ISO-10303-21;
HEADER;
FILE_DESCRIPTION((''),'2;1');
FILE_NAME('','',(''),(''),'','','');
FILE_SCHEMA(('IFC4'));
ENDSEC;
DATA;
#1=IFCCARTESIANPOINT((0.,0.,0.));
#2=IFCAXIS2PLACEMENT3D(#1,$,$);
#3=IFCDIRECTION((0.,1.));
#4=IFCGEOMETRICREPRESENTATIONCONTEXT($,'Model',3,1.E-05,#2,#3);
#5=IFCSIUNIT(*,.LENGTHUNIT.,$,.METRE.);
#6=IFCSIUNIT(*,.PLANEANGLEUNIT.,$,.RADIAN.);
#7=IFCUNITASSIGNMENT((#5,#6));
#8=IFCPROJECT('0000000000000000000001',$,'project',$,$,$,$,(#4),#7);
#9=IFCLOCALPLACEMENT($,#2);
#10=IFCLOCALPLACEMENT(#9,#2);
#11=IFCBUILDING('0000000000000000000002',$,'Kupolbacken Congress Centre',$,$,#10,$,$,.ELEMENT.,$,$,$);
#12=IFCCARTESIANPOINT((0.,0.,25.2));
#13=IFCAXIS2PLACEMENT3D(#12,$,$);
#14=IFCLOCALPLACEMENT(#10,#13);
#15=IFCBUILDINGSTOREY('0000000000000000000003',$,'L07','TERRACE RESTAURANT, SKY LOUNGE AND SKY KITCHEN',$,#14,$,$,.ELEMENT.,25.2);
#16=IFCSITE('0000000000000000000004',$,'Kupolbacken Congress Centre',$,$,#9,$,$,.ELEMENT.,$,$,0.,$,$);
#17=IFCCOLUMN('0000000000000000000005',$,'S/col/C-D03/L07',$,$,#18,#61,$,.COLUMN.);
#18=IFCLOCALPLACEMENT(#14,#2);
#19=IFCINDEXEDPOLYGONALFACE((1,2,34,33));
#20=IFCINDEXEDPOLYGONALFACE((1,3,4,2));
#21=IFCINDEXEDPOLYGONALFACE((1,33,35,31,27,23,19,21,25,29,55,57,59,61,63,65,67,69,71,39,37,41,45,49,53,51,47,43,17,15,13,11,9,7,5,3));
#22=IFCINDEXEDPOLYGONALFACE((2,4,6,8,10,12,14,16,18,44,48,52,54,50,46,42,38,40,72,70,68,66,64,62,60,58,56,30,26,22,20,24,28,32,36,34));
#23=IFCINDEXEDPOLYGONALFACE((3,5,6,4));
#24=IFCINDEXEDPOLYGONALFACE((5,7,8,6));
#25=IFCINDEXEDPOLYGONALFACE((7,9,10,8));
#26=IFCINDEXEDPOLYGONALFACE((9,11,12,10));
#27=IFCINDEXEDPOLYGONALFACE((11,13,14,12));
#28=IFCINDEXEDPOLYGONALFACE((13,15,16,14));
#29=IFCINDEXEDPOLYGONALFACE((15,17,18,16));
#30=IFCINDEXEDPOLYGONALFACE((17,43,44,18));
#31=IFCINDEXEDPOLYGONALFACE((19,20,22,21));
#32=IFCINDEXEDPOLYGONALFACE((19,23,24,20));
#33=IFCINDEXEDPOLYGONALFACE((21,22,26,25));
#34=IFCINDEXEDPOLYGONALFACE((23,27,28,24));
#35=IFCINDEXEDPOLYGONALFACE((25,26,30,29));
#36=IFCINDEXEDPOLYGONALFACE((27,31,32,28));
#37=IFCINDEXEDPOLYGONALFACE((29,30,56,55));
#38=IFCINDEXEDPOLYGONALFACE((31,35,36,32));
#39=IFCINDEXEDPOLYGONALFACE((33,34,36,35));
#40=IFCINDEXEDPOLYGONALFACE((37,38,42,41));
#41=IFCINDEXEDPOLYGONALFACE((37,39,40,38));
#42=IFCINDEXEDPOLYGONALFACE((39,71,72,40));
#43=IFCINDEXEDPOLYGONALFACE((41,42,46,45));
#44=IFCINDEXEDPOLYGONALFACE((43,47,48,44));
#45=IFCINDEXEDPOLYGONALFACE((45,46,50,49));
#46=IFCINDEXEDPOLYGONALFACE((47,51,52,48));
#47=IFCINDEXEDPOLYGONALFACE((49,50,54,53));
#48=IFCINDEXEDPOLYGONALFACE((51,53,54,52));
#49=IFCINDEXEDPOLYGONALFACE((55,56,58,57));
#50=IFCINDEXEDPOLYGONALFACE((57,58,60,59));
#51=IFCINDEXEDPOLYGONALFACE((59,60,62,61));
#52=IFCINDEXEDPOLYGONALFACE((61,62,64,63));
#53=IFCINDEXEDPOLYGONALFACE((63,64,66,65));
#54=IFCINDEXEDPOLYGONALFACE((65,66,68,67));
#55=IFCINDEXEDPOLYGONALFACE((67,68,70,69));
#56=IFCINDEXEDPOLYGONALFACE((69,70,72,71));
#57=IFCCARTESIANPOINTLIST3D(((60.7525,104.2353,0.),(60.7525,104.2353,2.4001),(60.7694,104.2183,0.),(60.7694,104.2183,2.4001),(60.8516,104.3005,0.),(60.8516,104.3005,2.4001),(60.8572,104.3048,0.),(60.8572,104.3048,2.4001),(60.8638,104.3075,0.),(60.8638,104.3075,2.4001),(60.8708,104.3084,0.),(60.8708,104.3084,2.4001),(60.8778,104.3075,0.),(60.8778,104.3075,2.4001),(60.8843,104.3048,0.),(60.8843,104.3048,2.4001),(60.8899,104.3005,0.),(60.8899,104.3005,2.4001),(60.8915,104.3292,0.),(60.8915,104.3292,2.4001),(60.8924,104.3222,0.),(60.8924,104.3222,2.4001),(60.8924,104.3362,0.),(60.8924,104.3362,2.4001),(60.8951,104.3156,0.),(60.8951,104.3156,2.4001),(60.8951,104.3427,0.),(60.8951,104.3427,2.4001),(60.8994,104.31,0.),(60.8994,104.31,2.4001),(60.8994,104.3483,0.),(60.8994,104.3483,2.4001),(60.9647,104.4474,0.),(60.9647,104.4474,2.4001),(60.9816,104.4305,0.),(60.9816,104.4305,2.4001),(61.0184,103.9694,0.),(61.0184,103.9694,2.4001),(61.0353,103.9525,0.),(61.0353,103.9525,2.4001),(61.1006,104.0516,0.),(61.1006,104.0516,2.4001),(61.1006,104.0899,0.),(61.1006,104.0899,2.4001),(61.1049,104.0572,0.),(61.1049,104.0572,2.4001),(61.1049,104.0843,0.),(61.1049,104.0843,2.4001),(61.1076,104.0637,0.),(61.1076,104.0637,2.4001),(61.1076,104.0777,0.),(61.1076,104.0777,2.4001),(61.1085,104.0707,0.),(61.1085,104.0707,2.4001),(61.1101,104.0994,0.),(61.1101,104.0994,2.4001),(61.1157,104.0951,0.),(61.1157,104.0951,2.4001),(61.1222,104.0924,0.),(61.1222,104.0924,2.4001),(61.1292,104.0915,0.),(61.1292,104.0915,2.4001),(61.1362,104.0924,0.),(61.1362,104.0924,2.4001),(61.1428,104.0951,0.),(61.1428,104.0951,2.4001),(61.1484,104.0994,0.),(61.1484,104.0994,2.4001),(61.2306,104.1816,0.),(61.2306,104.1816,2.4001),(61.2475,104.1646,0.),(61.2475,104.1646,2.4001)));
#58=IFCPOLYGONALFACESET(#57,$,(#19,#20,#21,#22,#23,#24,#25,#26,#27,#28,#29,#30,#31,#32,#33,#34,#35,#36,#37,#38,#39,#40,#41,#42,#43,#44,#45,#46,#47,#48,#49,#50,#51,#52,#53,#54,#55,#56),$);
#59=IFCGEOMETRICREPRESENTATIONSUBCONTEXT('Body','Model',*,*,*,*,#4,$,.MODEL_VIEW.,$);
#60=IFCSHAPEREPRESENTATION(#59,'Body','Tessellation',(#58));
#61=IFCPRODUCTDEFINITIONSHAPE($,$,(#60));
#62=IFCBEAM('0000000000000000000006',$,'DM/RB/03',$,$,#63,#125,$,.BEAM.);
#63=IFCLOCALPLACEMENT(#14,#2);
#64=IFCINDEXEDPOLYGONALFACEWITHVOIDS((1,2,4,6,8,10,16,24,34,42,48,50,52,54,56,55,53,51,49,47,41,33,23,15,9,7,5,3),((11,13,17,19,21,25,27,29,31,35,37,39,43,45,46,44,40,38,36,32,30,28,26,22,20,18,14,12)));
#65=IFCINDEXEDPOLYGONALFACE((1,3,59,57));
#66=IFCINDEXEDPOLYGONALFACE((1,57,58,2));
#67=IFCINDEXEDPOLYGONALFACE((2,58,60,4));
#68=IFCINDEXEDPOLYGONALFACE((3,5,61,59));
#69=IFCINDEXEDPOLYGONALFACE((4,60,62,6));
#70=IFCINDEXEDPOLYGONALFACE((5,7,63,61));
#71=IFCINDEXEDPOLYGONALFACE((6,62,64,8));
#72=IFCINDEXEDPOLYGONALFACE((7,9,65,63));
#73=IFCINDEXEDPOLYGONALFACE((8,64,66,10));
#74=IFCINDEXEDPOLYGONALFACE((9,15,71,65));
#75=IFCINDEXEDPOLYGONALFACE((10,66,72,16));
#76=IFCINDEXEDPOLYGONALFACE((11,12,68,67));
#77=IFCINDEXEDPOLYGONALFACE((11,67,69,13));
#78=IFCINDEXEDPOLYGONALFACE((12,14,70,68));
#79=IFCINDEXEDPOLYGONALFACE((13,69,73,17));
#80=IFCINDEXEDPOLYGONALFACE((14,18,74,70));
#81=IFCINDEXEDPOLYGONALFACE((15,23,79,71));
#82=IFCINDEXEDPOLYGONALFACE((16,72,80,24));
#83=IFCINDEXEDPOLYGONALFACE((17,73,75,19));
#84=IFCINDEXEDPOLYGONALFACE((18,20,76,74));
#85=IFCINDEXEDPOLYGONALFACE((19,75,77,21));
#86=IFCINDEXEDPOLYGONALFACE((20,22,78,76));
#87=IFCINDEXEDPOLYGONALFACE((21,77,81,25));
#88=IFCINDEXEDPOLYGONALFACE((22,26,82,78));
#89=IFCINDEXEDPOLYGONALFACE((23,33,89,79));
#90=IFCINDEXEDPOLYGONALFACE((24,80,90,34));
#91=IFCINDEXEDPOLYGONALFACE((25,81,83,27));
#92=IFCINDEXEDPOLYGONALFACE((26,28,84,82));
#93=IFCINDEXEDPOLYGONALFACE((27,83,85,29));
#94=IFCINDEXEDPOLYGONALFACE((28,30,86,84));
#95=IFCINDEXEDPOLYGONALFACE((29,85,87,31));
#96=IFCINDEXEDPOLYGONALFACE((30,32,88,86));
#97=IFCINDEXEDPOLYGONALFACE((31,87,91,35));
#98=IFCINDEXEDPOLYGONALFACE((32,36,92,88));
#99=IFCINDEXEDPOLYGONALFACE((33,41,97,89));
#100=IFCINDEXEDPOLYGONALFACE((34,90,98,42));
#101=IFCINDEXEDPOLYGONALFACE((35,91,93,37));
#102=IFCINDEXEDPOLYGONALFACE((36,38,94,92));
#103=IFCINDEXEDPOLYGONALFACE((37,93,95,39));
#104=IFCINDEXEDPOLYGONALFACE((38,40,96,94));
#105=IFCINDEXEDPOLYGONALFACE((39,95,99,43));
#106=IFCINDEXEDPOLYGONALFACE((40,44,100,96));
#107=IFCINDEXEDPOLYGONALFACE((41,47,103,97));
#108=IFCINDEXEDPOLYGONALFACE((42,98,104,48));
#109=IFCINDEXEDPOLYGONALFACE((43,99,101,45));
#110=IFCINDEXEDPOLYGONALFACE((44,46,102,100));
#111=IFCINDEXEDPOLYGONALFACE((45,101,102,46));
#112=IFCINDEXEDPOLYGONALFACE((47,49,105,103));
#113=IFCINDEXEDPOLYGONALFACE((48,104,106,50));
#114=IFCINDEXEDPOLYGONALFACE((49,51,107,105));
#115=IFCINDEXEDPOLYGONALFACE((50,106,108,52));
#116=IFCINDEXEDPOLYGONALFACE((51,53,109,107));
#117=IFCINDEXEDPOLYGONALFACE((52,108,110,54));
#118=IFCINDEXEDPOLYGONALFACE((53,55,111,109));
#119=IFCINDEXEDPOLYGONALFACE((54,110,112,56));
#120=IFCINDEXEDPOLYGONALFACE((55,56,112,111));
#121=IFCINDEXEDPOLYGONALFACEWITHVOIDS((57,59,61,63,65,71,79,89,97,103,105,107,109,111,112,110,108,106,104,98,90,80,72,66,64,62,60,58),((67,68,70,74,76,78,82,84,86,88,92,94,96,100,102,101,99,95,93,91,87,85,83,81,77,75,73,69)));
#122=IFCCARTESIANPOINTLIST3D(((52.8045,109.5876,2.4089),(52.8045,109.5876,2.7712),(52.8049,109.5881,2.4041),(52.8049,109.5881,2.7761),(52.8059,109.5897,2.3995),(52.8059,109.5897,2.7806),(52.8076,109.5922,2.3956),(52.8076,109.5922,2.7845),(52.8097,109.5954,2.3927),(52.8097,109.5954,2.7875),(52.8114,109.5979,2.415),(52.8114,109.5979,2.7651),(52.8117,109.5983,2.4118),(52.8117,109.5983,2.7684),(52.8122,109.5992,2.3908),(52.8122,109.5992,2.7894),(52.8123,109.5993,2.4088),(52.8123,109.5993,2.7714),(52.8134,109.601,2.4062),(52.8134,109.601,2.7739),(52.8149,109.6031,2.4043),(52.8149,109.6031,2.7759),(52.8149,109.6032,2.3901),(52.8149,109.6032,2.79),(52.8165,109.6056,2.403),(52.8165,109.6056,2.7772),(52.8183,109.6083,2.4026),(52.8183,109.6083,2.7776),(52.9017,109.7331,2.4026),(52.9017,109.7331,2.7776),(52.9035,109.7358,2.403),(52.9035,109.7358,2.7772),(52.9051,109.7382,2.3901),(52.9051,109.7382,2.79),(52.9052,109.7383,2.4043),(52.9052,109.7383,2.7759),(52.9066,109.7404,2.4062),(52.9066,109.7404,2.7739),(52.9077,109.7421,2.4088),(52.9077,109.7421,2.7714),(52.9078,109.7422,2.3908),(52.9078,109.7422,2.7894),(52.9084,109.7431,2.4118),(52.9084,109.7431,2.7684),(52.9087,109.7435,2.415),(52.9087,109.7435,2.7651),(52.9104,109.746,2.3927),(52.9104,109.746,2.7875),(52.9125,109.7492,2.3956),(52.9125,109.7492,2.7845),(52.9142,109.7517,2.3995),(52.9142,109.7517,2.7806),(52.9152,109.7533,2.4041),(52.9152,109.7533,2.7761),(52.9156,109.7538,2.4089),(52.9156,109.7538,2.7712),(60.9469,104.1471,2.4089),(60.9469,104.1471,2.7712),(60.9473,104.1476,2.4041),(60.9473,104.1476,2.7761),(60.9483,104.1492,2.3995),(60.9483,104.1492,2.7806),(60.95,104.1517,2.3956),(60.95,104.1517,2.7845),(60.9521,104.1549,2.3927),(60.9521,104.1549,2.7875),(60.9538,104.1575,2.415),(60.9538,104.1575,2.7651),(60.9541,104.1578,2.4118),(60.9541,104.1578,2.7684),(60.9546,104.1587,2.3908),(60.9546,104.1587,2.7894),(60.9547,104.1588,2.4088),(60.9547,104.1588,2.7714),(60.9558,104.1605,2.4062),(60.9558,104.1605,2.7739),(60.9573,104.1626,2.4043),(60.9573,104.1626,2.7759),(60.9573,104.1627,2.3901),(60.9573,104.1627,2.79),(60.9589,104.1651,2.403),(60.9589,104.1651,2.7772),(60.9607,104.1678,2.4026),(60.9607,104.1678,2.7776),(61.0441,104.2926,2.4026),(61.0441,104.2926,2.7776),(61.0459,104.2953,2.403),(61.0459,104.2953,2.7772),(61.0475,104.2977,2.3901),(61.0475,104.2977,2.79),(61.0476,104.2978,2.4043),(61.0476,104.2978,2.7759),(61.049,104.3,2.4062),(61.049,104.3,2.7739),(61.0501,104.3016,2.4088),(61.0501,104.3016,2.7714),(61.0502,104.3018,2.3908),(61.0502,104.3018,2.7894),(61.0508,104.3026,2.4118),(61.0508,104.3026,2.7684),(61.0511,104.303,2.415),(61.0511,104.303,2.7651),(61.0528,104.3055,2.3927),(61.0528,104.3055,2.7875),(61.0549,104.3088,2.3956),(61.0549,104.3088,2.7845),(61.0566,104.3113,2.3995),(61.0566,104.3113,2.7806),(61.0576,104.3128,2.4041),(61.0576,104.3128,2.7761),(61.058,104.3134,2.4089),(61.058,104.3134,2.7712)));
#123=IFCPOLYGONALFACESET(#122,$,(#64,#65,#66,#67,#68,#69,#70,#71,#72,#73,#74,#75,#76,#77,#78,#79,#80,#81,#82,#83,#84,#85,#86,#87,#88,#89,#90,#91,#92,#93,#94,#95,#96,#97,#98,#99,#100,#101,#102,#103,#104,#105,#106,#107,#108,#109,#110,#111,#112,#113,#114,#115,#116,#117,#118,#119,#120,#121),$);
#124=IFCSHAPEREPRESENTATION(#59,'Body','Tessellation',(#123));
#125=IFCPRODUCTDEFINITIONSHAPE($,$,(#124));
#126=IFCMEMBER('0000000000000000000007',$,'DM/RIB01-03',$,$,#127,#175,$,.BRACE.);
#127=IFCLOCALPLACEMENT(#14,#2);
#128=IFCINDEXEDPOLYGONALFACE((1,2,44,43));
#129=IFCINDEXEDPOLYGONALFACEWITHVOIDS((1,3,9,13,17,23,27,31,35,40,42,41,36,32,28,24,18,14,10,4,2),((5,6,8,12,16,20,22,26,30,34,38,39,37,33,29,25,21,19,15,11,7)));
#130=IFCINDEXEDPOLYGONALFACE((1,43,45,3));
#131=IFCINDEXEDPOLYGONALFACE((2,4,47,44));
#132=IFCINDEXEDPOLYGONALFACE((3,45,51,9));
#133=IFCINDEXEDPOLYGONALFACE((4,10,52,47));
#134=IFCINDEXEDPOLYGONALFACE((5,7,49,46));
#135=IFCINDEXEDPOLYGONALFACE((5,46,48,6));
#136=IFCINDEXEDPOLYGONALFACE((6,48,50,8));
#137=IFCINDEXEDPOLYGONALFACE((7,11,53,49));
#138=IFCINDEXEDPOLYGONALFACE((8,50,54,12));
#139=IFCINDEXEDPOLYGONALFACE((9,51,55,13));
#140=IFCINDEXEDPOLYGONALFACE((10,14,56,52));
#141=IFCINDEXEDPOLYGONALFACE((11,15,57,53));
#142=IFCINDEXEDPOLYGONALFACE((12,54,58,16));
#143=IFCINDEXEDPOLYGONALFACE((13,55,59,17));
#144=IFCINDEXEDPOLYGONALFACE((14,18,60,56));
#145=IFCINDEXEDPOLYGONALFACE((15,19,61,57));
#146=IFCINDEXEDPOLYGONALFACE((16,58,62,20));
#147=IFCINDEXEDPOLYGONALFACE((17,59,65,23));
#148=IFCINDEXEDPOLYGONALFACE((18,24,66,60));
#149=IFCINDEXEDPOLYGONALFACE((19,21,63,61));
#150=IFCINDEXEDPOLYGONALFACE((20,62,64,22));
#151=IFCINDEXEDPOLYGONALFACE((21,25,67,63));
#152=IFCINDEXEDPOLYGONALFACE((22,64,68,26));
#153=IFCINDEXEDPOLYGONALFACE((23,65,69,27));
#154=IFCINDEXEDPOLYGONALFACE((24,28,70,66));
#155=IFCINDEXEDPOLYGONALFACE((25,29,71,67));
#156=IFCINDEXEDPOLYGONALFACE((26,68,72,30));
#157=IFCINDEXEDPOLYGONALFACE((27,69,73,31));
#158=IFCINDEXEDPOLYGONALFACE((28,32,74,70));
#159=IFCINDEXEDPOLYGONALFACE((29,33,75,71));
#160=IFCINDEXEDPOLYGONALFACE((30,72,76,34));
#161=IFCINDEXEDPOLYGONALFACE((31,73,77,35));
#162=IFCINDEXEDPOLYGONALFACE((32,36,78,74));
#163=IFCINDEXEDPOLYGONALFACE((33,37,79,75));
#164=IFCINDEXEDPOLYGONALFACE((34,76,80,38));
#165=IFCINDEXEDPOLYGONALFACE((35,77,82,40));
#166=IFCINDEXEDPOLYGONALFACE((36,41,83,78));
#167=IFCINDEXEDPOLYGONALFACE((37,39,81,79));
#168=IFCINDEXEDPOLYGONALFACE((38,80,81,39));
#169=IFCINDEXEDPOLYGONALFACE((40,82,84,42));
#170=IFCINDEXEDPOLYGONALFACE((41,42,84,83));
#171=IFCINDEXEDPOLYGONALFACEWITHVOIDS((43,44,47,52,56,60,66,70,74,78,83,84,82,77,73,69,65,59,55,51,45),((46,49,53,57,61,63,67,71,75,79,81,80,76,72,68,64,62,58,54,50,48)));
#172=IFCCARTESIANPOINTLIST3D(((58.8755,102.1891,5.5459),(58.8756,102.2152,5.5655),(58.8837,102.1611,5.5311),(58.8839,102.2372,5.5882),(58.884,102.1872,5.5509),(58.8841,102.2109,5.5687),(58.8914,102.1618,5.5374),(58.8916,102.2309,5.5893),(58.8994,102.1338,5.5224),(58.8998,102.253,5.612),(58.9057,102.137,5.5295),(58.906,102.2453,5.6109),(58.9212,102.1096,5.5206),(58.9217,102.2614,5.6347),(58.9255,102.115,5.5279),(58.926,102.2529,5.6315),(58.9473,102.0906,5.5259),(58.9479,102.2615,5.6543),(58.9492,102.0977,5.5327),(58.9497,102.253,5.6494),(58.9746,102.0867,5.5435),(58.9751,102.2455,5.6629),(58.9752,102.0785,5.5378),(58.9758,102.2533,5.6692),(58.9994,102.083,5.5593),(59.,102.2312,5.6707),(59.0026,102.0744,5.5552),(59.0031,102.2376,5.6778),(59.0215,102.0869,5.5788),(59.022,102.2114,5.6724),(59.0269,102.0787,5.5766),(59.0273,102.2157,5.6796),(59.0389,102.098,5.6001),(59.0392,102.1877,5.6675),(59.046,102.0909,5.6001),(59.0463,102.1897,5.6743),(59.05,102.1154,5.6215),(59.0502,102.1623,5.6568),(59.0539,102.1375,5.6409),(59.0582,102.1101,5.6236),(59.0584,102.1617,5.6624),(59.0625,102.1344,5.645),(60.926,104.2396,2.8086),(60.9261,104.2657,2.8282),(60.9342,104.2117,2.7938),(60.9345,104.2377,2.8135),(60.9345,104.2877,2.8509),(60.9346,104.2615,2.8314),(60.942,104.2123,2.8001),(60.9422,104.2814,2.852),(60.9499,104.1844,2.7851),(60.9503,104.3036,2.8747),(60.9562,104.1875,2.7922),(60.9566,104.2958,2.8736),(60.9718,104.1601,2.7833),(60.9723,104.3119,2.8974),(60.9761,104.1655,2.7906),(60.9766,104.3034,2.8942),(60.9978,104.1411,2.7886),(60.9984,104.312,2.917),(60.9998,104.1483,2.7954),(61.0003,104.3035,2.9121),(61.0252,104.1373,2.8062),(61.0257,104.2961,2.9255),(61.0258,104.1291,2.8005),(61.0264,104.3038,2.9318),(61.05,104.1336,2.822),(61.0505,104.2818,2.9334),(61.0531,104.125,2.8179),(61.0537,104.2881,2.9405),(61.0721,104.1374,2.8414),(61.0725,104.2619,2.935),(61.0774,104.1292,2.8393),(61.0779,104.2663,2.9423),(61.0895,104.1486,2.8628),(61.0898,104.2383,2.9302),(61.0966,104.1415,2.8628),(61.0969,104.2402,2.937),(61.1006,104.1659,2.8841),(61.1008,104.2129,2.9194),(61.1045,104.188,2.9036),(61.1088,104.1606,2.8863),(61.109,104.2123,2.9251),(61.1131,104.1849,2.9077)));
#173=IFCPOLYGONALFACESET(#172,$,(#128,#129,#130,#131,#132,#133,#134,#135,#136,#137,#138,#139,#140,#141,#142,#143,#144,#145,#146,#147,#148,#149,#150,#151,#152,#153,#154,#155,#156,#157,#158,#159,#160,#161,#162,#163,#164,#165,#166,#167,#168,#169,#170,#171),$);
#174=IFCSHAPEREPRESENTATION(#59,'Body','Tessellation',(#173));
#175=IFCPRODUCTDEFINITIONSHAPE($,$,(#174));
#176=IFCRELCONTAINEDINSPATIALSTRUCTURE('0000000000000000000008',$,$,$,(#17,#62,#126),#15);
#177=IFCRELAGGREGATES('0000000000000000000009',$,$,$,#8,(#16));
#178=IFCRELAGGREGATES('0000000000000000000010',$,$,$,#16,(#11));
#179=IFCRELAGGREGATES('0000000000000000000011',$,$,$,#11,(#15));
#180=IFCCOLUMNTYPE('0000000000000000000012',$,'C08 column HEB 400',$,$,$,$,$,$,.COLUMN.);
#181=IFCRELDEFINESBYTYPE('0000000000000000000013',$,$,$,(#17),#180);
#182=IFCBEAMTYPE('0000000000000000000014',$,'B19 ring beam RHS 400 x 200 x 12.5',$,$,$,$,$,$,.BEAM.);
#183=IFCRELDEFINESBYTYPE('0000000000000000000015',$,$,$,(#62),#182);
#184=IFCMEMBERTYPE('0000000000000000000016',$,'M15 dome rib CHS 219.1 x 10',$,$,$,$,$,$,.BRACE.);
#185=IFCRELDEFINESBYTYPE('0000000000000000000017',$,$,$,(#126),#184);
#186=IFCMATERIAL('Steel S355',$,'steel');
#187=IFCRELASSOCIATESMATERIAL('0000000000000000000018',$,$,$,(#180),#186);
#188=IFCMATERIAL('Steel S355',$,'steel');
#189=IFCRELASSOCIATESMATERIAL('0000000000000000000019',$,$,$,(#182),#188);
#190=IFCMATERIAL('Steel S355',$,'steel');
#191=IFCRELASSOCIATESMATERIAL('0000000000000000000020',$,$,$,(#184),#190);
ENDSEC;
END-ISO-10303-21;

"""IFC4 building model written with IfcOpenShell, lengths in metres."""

from ifc_helpers import new_model, si_unit, direction, frame, origin, origin_2d, place, context, subcontext, project, spatial, hollow_rectangle, hollow_circle, i_section, extrude, material, material_profile, profile_set, type_object, element, save


model = new_model("IFC4")

# Units and contexts
model_context = context("Model", 3, precision=1e-05, world=origin(), true_north=direction((0.0, 1.0)))
body_context = subcontext(model_context, "Body", "Model", "MODEL_VIEW")
ifc_project = project(units=[si_unit("LENGTHUNIT", "METRE"), si_unit("PLANEANGLEUNIT", "RADIAN")], contexts=[model_context])

# Site, building, storey
site_placement = place(None, origin())
site = spatial("IfcSite", under=ifc_project, at=site_placement, Name="Kupolbacken Congress Centre", CompositionType="ELEMENT", RefElevation=0.0)
building_placement = place(site_placement, origin())
building = spatial("IfcBuilding", under=site, at=building_placement, Name="Kupolbacken Congress Centre", CompositionType="ELEMENT")
storey_placement = place(building_placement, frame((0.0, 0.0, 25.2)))
storey = spatial("IfcBuildingStorey", under=building, at=storey_placement, Name="L07", Description="TERRACE RESTAURANT, SKY LOUNGE AND SKY KITCHEN", CompositionType="ELEMENT", Elevation=25.2)

# Column
ifc_material_1 = material(Name="Steel S355", Category="steel")
ifc_material_profile_1 = material_profile(ifc_material_1, i_section(OverallWidth=0.3, OverallDepth=0.3999, WebThickness=0.0134, FlangeThickness=0.0239, FilletRadius=0.0271, at=origin_2d()), Name="HEB 400")
ifc_profile_set_1 = profile_set([ifc_material_profile_1], Name="Steel S355")
column_type = type_object("IfcColumnType", Name="C08 column HEB 400", PredefinedType="COLUMN", material=ifc_profile_set_1)
column_placement = place(storey_placement, frame((61.0, 104.2, 0.0), z_axis=(0.0, 0.0, 1.0), x_axis=(0.707107, 0.707107, 0.0)))
element("IfcColumn", 1, at=column_placement, inside=storey, type_object=column_type, Name="S/col/C-D03/L07", PredefinedType="COLUMN", context=body_context, shape_type="SweptSolid", body=[
    extrude(i_section(OverallWidth=0.3, OverallDepth=0.3999, WebThickness=0.0134, FlangeThickness=0.0239, FilletRadius=0.0271, at=origin_2d()), origin(), (0.0, 0.0, 1.0), 2.4001),
])

# Beam
ifc_material_2 = material(Name="Steel S355", Category="steel")
ifc_material_profile_2 = material_profile(ifc_material_2, hollow_rectangle(XDim=0.2, YDim=0.3999, WallThickness=0.0125, InnerFilletRadius=0.0125, OuterFilletRadius=0.0188, at=origin_2d()), Name="RHS 400 x 200 x 12.5")
ifc_profile_set_2 = profile_set([ifc_material_profile_2], Name="Steel S355")
beam_type = type_object("IfcBeamType", Name="B19 ring beam RHS 400 x 200 x 12.5", PredefinedType="BEAM", material=ifc_profile_set_2)
beam_placement = place(storey_placement, frame((61.0024, 104.2302, 2.5901), z_axis=(-0.831475, 0.555563, 0.0), x_axis=(-0.555563, -0.831475, 0.0)))
element("IfcBeam", 2, at=beam_placement, inside=storey, type_object=beam_type, Name="DM/RB/03", PredefinedType="BEAM", context=body_context, shape_type="SweptSolid", body=[
    extrude(hollow_rectangle(XDim=0.2, YDim=0.3999, WallThickness=0.0125, InnerFilletRadius=0.0125, OuterFilletRadius=0.0188, at=origin_2d()), origin(), (0.0, 0.0, 1.0), 9.7927),
])

# Member
ifc_material_3 = material(Name="Steel S355", Category="steel")
ifc_material_profile_3 = material_profile(ifc_material_3, hollow_circle(Radius=0.1096, WallThickness=0.01, at=origin_2d()), Name="CHS 219.1 x 10")
ifc_profile_set_3 = profile_set([ifc_material_profile_3], Name="Steel S355")
member_type_1 = type_object("IfcMemberType", Name="M15 dome rib CHS 219.1 x 10", PredefinedType="BRACE", material=ifc_profile_set_3)
member_1_placement = place(storey_placement, frame((61.019, 104.219, 2.8628), z_axis=(-0.514208, -0.514208, 0.686426), x_axis=(0.707107, -0.707107, 0.0)))
element("IfcMember", 3, at=member_1_placement, inside=storey, type_object=member_type_1, Name="DM/RIB01-03", PredefinedType="BRACE", context=body_context, shape_type="SweptSolid", body=[
    extrude(hollow_circle(Radius=0.1096, WallThickness=0.01, at=origin_2d()), origin(), (0.0, 0.0, 1.0), 3.9878),
])

save(model, "model.ifc")
